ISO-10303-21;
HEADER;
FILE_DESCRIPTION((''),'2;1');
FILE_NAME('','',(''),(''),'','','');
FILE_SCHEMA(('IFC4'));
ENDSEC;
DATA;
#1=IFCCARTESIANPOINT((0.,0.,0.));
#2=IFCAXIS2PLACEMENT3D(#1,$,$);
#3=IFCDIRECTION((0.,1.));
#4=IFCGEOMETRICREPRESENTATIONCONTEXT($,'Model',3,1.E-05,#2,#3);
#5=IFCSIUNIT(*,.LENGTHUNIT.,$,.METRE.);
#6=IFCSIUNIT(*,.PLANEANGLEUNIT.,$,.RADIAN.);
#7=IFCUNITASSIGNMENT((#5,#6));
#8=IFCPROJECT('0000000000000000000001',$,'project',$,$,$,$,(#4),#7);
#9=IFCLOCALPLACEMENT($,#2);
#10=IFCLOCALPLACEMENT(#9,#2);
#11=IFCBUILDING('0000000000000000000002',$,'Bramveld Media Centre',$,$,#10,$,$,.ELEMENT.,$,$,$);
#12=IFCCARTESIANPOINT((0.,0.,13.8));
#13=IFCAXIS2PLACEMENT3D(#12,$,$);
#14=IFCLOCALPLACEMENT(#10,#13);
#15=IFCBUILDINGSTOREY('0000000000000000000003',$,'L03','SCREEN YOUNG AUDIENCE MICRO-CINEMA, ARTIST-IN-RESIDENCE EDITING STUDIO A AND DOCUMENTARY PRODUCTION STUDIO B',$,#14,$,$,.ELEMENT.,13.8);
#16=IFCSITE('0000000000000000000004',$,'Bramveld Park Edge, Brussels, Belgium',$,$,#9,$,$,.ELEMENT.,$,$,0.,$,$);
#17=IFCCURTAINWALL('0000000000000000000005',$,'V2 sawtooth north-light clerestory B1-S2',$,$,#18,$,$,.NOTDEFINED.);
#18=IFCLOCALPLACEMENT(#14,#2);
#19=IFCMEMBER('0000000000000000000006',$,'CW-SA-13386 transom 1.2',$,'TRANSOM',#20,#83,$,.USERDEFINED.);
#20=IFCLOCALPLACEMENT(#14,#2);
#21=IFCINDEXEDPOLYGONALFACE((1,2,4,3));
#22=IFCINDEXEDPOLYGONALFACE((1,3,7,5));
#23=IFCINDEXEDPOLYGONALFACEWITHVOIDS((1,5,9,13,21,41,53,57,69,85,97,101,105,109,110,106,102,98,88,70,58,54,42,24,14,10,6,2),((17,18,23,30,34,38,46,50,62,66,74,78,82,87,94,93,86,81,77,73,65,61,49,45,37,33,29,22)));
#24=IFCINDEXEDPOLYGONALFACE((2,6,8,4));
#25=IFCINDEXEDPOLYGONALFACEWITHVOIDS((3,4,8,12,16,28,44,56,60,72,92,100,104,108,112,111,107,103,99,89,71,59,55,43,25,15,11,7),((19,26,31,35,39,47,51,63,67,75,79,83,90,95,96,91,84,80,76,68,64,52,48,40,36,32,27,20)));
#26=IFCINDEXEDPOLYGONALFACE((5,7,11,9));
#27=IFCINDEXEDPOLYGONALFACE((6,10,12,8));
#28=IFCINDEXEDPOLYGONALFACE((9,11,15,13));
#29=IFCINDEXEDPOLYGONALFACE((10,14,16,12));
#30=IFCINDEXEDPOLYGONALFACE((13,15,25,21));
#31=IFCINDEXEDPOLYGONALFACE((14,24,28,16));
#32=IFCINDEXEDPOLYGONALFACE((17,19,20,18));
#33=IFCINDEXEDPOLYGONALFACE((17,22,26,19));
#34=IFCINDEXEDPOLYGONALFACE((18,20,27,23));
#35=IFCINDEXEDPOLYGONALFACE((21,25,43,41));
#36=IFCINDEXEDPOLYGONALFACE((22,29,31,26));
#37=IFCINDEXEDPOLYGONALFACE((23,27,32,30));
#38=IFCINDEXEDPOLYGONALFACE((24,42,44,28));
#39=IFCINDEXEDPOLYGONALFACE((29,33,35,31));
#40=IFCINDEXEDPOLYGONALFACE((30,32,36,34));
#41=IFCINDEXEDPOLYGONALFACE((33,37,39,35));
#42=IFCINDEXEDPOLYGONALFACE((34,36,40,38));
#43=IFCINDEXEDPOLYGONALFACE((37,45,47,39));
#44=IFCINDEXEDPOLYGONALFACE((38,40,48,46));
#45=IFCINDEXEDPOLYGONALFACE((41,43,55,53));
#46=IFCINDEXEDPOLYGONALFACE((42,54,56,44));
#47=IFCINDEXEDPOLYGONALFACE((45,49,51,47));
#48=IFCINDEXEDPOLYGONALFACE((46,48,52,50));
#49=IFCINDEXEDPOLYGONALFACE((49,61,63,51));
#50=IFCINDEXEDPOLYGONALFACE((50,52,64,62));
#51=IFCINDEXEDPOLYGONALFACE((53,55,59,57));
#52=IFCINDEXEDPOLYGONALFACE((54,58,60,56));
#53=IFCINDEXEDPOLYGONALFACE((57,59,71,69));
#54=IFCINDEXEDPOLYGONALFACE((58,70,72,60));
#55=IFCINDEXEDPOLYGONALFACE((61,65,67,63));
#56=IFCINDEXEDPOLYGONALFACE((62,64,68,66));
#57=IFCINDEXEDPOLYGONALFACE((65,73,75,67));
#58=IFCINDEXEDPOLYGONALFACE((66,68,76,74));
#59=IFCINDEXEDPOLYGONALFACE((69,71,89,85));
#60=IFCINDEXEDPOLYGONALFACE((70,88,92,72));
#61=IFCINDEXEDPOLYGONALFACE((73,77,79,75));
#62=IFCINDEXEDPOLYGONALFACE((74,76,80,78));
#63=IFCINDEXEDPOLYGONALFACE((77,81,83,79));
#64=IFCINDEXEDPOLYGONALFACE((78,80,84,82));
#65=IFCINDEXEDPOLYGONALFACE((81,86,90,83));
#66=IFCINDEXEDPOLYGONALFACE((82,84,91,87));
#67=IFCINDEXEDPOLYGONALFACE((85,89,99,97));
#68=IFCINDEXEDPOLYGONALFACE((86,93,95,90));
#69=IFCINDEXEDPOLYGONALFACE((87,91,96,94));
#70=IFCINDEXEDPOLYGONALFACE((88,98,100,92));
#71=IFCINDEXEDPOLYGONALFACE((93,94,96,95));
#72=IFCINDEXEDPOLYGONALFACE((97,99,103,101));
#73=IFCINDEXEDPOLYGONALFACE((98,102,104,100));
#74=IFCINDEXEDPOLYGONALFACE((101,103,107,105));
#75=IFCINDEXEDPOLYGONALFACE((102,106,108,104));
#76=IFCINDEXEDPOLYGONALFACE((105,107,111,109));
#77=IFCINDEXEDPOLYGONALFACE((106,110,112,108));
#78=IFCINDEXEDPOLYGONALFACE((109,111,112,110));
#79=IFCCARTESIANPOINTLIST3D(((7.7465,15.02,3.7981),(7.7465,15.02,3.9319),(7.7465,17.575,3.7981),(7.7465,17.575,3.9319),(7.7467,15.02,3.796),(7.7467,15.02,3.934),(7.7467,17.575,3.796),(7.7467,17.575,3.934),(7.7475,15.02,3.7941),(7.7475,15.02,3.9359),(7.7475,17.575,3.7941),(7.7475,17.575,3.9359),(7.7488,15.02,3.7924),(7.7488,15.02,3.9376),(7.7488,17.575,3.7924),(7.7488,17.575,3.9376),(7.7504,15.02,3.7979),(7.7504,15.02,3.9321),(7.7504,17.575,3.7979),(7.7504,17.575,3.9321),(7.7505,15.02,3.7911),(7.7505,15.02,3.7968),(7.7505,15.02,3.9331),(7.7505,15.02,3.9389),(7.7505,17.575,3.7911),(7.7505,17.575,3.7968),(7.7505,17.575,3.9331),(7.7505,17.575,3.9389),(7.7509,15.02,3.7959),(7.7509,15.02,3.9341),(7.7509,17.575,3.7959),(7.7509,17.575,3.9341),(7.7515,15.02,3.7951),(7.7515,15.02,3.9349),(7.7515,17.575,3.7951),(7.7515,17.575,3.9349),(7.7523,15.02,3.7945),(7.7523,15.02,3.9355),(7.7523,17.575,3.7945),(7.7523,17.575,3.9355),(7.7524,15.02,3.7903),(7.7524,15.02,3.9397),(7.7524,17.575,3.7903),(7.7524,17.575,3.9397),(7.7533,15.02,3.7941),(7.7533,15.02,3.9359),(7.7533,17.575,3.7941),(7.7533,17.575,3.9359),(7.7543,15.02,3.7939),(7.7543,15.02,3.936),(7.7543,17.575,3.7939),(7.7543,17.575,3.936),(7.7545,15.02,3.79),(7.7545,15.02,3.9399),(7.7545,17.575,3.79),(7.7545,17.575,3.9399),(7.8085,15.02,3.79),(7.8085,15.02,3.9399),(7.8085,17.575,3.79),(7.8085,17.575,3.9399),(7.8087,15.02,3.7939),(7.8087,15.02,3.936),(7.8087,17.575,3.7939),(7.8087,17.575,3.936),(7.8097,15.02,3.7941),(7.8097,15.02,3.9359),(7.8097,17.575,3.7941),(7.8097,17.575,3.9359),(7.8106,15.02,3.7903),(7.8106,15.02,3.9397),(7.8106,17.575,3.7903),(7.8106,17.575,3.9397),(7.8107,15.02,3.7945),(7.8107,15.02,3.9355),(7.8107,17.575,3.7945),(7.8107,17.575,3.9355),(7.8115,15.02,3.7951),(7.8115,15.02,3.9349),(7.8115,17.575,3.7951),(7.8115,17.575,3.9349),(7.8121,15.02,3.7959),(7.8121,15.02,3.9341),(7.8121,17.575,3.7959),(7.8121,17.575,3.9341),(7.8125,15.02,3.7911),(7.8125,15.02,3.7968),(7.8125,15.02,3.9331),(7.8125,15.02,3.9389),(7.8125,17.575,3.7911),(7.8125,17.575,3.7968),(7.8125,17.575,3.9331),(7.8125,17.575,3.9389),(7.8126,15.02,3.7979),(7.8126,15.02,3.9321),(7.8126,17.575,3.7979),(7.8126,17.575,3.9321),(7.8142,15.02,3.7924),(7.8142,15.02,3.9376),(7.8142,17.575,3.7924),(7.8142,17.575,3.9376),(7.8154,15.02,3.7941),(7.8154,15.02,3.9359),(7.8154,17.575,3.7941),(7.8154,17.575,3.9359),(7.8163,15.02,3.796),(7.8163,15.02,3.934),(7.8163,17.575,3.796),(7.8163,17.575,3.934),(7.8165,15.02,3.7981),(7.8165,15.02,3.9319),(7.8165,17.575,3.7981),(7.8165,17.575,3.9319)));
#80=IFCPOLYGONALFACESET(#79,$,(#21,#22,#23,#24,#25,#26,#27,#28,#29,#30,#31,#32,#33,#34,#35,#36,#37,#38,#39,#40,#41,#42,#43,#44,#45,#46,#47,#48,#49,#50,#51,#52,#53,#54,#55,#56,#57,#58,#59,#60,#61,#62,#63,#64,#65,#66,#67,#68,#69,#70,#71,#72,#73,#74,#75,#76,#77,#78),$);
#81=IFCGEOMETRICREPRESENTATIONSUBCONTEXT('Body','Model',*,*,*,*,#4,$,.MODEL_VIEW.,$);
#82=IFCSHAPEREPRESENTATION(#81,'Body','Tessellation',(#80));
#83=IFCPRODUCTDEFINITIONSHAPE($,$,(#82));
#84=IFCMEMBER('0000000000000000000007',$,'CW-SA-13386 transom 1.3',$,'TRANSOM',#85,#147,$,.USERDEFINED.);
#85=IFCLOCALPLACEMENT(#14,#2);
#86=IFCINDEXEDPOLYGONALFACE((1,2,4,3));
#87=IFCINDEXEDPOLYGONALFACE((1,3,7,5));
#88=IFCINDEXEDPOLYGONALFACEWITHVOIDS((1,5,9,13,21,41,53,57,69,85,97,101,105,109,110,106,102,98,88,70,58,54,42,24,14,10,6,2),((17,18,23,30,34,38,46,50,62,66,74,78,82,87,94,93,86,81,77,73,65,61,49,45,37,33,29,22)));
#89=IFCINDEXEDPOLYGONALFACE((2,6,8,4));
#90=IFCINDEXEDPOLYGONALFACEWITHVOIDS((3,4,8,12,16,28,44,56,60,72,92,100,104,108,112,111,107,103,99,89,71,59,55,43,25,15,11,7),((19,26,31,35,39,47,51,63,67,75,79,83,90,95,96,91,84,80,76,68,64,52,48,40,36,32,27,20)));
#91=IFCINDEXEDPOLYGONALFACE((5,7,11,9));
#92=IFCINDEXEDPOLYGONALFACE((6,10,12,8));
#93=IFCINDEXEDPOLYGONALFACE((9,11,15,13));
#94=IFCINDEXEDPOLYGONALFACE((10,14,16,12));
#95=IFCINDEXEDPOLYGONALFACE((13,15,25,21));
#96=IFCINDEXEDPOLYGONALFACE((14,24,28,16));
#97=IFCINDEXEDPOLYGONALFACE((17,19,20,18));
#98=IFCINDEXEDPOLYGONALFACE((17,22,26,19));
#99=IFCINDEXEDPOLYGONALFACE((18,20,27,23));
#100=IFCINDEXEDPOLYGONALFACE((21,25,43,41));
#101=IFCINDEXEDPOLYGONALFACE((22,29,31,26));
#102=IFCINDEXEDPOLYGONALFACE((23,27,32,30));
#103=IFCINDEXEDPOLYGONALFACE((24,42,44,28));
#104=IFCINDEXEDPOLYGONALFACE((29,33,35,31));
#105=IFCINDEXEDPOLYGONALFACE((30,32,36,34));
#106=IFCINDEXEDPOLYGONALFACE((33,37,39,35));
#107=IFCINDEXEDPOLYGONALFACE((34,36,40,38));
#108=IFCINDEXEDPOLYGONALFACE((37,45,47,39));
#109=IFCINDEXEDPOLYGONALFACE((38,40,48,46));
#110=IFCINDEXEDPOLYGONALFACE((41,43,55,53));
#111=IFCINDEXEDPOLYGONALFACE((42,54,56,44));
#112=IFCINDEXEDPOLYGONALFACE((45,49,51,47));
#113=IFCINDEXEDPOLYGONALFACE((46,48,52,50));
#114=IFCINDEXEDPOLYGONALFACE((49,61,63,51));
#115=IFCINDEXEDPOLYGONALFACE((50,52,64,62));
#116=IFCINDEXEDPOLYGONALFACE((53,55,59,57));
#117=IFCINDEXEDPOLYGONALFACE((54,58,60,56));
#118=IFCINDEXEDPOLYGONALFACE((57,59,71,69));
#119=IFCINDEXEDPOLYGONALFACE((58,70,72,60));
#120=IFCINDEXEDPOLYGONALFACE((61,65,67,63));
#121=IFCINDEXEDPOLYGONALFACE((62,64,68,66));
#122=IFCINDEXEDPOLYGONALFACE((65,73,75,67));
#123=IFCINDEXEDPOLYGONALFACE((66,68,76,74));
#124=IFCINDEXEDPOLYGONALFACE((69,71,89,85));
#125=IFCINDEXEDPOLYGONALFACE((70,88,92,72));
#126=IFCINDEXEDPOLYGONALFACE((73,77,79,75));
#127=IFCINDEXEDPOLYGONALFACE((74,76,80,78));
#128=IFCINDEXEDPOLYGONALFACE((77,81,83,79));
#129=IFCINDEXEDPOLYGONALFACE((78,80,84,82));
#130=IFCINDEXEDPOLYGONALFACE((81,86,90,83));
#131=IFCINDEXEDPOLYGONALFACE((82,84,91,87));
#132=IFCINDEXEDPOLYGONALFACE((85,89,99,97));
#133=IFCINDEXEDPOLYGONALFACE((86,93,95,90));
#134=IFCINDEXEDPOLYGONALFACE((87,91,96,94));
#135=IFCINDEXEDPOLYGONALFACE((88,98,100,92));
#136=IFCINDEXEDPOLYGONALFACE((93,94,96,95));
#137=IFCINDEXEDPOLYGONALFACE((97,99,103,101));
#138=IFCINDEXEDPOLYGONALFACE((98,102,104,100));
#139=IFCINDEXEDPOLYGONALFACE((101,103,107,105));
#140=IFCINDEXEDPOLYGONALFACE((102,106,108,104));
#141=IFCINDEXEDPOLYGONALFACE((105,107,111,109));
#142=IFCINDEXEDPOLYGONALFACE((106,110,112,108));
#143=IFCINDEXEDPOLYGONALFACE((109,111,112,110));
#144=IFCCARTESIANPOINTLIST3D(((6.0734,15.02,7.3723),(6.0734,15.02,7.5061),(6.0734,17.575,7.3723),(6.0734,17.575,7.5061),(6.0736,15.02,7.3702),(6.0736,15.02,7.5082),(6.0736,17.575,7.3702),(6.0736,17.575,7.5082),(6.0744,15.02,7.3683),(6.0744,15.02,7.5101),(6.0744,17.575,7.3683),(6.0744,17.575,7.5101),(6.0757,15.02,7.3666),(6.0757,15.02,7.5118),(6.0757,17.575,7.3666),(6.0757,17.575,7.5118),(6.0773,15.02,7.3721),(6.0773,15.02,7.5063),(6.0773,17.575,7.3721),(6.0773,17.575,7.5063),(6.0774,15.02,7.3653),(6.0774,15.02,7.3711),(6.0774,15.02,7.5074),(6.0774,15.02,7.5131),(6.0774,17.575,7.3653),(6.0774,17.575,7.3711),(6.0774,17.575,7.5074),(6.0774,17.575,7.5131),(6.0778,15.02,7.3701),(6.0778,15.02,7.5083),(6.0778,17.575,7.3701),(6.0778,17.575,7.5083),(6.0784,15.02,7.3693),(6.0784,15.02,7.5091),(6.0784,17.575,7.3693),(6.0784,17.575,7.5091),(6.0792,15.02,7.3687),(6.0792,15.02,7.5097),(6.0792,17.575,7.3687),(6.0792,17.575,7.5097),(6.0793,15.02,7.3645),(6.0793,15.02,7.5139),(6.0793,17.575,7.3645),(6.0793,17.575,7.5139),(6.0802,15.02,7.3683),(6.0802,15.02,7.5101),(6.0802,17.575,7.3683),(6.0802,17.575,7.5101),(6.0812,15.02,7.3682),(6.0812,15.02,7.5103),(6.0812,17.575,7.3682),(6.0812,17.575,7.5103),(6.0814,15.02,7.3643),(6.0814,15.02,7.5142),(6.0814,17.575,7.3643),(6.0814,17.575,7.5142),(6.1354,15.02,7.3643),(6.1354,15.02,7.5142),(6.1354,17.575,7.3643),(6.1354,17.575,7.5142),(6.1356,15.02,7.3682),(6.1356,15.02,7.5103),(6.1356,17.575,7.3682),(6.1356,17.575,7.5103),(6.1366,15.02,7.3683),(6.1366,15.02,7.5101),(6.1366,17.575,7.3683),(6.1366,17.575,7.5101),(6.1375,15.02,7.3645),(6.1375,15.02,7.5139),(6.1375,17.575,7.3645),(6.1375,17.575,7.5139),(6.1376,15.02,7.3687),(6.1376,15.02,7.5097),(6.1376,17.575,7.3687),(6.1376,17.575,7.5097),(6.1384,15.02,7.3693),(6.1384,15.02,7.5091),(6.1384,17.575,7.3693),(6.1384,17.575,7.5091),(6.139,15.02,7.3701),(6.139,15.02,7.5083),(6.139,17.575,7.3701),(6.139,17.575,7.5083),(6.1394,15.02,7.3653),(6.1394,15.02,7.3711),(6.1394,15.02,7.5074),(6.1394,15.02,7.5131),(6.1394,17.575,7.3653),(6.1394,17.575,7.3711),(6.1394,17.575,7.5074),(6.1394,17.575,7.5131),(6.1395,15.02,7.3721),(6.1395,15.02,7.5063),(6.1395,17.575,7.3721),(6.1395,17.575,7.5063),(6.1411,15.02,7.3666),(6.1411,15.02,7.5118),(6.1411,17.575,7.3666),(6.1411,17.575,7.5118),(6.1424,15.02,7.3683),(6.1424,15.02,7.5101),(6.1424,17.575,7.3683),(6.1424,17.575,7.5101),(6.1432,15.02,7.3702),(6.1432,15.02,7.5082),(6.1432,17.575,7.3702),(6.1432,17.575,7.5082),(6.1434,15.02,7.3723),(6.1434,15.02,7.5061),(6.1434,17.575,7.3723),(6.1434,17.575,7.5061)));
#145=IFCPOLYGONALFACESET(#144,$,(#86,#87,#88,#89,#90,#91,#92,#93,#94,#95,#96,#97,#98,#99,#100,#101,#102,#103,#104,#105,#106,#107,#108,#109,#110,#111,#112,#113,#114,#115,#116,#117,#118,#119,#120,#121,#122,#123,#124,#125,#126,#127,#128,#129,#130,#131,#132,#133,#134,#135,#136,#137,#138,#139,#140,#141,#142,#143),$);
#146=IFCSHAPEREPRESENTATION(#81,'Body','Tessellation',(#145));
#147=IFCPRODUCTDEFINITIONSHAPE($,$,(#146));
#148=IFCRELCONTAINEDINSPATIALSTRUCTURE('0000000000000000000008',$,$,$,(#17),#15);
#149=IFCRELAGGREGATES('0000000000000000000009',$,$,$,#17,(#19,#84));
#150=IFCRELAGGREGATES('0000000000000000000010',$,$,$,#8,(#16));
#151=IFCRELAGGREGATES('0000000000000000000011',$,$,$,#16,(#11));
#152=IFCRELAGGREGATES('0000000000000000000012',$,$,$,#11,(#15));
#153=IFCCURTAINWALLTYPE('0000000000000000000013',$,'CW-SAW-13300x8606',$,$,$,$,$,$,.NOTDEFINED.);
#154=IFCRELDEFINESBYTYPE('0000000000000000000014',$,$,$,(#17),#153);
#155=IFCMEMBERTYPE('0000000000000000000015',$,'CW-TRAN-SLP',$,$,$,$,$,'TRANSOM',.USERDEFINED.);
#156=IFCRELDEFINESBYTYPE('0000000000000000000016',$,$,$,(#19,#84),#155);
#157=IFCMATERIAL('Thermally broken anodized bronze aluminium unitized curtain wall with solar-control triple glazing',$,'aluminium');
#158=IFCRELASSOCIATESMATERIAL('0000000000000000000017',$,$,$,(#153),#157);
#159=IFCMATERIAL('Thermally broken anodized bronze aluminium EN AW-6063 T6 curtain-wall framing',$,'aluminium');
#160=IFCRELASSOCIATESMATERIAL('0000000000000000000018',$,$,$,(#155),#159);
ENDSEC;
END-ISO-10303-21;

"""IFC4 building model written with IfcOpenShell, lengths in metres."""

from ifc_helpers import new_model, si_unit, direction, frame, origin, origin_2d, place, context, subcontext, project, spatial, hollow_rectangle, extrude, material, material_profile, profile_set, type_object, element, aggregate, save


model = new_model("IFC4")

# Units and contexts
model_context = context("Model", 3, precision=1e-05, world=origin(), true_north=direction((0.0, 1.0)))
body_context = subcontext(model_context, "Body", "Model", "MODEL_VIEW")
ifc_project = project(units=[si_unit("LENGTHUNIT", "METRE"), si_unit("PLANEANGLEUNIT", "RADIAN")], contexts=[model_context])

# Site, building, storey
site_placement = place(None, origin())
site = spatial("IfcSite", under=ifc_project, at=site_placement, Name="Bramveld Park Edge, Brussels, Belgium", CompositionType="ELEMENT", RefElevation=0.0)
building_placement = place(site_placement, origin())
building = spatial("IfcBuilding", under=site, at=building_placement, Name="Bramveld Media Centre", CompositionType="ELEMENT")
storey_placement = place(building_placement, frame((0.0, 0.0, 13.8)))
storey = spatial("IfcBuildingStorey", under=building, at=storey_placement, Name="L03", Description="SCREEN YOUNG AUDIENCE MICRO-CINEMA, ARTIST-IN-RESIDENCE EDITING STUDIO A AND DOCUMENTARY PRODUCTION STUDIO B", CompositionType="ELEMENT", Elevation=13.8)

# Curtain wall, members
ifc_material_1 = material(Name="Thermally broken anodized bronze aluminium unitized curtain wall with solar-control triple glazing", Category="aluminium")
curtain_wall_type = type_object("IfcCurtainWallType", Name="CW-SAW-13300x8606", PredefinedType="NOTDEFINED", material=ifc_material_1)
curtain_wall_placement = place(storey_placement, origin())
curtain_wall = element("IfcCurtainWall", 1, at=curtain_wall_placement, inside=storey, type_object=curtain_wall_type, Name="V2 sawtooth north-light clerestory B1-S2", PredefinedType="NOTDEFINED")
ifc_material_2 = material(Name="Thermally broken anodized bronze aluminium EN AW-6063 T6 curtain-wall framing", Category="aluminium")
ifc_material_profile_1 = material_profile(ifc_material_2, hollow_rectangle(XDim=0.0701, YDim=0.1499, WallThickness=0.0039, InnerFilletRadius=0.0039, OuterFilletRadius=0.0081, at=origin_2d()), Name="AL-TRAN 70x150")
ifc_profile_set_1 = profile_set([ifc_material_profile_1], Name="Thermally broken anodized bronze aluminium EN AW-6063 T6 curtain-wall framing")
member_type_1 = type_object("IfcMemberType", Name="CW-TRAN-SLP", ElementType="TRANSOM", PredefinedType="USERDEFINED", material=ifc_profile_set_1)
member_1_placement = place(storey_placement, frame((7.7815, 15.02, 3.865), z_axis=(0.0, 1.0, 0.0), x_axis=(-1.0, 0.0, 0.0)))
member_1 = element("IfcMember", 2, at=member_1_placement, type_object=member_type_1, Name="CW-SA-13386 transom 1.2", ObjectType="TRANSOM", PredefinedType="USERDEFINED", context=body_context, shape_type="SweptSolid", body=[
    extrude(hollow_rectangle(XDim=0.0701, YDim=0.1499, WallThickness=0.0039, InnerFilletRadius=0.0039, OuterFilletRadius=0.0081, at=origin_2d()), origin(), (0.0, 0.0, 1.0), 2.5549),
])
member_2_placement = place(storey_placement, frame((6.1084, 15.02, 7.4392), z_axis=(0.0, 1.0, 0.0), x_axis=(-1.0, 0.0, 0.0)))
member_2 = element("IfcMember", 3, at=member_2_placement, type_object=member_type_1, Name="CW-SA-13386 transom 1.3", ObjectType="TRANSOM", PredefinedType="USERDEFINED", context=body_context, shape_type="SweptSolid", body=[
    extrude(hollow_rectangle(XDim=0.0701, YDim=0.1499, WallThickness=0.0039, InnerFilletRadius=0.0039, OuterFilletRadius=0.0081, at=origin_2d()), origin(), (0.0, 0.0, 1.0), 2.5549),
])

aggregate(curtain_wall, [member_1, member_2])

save(model, "model.ifc")
